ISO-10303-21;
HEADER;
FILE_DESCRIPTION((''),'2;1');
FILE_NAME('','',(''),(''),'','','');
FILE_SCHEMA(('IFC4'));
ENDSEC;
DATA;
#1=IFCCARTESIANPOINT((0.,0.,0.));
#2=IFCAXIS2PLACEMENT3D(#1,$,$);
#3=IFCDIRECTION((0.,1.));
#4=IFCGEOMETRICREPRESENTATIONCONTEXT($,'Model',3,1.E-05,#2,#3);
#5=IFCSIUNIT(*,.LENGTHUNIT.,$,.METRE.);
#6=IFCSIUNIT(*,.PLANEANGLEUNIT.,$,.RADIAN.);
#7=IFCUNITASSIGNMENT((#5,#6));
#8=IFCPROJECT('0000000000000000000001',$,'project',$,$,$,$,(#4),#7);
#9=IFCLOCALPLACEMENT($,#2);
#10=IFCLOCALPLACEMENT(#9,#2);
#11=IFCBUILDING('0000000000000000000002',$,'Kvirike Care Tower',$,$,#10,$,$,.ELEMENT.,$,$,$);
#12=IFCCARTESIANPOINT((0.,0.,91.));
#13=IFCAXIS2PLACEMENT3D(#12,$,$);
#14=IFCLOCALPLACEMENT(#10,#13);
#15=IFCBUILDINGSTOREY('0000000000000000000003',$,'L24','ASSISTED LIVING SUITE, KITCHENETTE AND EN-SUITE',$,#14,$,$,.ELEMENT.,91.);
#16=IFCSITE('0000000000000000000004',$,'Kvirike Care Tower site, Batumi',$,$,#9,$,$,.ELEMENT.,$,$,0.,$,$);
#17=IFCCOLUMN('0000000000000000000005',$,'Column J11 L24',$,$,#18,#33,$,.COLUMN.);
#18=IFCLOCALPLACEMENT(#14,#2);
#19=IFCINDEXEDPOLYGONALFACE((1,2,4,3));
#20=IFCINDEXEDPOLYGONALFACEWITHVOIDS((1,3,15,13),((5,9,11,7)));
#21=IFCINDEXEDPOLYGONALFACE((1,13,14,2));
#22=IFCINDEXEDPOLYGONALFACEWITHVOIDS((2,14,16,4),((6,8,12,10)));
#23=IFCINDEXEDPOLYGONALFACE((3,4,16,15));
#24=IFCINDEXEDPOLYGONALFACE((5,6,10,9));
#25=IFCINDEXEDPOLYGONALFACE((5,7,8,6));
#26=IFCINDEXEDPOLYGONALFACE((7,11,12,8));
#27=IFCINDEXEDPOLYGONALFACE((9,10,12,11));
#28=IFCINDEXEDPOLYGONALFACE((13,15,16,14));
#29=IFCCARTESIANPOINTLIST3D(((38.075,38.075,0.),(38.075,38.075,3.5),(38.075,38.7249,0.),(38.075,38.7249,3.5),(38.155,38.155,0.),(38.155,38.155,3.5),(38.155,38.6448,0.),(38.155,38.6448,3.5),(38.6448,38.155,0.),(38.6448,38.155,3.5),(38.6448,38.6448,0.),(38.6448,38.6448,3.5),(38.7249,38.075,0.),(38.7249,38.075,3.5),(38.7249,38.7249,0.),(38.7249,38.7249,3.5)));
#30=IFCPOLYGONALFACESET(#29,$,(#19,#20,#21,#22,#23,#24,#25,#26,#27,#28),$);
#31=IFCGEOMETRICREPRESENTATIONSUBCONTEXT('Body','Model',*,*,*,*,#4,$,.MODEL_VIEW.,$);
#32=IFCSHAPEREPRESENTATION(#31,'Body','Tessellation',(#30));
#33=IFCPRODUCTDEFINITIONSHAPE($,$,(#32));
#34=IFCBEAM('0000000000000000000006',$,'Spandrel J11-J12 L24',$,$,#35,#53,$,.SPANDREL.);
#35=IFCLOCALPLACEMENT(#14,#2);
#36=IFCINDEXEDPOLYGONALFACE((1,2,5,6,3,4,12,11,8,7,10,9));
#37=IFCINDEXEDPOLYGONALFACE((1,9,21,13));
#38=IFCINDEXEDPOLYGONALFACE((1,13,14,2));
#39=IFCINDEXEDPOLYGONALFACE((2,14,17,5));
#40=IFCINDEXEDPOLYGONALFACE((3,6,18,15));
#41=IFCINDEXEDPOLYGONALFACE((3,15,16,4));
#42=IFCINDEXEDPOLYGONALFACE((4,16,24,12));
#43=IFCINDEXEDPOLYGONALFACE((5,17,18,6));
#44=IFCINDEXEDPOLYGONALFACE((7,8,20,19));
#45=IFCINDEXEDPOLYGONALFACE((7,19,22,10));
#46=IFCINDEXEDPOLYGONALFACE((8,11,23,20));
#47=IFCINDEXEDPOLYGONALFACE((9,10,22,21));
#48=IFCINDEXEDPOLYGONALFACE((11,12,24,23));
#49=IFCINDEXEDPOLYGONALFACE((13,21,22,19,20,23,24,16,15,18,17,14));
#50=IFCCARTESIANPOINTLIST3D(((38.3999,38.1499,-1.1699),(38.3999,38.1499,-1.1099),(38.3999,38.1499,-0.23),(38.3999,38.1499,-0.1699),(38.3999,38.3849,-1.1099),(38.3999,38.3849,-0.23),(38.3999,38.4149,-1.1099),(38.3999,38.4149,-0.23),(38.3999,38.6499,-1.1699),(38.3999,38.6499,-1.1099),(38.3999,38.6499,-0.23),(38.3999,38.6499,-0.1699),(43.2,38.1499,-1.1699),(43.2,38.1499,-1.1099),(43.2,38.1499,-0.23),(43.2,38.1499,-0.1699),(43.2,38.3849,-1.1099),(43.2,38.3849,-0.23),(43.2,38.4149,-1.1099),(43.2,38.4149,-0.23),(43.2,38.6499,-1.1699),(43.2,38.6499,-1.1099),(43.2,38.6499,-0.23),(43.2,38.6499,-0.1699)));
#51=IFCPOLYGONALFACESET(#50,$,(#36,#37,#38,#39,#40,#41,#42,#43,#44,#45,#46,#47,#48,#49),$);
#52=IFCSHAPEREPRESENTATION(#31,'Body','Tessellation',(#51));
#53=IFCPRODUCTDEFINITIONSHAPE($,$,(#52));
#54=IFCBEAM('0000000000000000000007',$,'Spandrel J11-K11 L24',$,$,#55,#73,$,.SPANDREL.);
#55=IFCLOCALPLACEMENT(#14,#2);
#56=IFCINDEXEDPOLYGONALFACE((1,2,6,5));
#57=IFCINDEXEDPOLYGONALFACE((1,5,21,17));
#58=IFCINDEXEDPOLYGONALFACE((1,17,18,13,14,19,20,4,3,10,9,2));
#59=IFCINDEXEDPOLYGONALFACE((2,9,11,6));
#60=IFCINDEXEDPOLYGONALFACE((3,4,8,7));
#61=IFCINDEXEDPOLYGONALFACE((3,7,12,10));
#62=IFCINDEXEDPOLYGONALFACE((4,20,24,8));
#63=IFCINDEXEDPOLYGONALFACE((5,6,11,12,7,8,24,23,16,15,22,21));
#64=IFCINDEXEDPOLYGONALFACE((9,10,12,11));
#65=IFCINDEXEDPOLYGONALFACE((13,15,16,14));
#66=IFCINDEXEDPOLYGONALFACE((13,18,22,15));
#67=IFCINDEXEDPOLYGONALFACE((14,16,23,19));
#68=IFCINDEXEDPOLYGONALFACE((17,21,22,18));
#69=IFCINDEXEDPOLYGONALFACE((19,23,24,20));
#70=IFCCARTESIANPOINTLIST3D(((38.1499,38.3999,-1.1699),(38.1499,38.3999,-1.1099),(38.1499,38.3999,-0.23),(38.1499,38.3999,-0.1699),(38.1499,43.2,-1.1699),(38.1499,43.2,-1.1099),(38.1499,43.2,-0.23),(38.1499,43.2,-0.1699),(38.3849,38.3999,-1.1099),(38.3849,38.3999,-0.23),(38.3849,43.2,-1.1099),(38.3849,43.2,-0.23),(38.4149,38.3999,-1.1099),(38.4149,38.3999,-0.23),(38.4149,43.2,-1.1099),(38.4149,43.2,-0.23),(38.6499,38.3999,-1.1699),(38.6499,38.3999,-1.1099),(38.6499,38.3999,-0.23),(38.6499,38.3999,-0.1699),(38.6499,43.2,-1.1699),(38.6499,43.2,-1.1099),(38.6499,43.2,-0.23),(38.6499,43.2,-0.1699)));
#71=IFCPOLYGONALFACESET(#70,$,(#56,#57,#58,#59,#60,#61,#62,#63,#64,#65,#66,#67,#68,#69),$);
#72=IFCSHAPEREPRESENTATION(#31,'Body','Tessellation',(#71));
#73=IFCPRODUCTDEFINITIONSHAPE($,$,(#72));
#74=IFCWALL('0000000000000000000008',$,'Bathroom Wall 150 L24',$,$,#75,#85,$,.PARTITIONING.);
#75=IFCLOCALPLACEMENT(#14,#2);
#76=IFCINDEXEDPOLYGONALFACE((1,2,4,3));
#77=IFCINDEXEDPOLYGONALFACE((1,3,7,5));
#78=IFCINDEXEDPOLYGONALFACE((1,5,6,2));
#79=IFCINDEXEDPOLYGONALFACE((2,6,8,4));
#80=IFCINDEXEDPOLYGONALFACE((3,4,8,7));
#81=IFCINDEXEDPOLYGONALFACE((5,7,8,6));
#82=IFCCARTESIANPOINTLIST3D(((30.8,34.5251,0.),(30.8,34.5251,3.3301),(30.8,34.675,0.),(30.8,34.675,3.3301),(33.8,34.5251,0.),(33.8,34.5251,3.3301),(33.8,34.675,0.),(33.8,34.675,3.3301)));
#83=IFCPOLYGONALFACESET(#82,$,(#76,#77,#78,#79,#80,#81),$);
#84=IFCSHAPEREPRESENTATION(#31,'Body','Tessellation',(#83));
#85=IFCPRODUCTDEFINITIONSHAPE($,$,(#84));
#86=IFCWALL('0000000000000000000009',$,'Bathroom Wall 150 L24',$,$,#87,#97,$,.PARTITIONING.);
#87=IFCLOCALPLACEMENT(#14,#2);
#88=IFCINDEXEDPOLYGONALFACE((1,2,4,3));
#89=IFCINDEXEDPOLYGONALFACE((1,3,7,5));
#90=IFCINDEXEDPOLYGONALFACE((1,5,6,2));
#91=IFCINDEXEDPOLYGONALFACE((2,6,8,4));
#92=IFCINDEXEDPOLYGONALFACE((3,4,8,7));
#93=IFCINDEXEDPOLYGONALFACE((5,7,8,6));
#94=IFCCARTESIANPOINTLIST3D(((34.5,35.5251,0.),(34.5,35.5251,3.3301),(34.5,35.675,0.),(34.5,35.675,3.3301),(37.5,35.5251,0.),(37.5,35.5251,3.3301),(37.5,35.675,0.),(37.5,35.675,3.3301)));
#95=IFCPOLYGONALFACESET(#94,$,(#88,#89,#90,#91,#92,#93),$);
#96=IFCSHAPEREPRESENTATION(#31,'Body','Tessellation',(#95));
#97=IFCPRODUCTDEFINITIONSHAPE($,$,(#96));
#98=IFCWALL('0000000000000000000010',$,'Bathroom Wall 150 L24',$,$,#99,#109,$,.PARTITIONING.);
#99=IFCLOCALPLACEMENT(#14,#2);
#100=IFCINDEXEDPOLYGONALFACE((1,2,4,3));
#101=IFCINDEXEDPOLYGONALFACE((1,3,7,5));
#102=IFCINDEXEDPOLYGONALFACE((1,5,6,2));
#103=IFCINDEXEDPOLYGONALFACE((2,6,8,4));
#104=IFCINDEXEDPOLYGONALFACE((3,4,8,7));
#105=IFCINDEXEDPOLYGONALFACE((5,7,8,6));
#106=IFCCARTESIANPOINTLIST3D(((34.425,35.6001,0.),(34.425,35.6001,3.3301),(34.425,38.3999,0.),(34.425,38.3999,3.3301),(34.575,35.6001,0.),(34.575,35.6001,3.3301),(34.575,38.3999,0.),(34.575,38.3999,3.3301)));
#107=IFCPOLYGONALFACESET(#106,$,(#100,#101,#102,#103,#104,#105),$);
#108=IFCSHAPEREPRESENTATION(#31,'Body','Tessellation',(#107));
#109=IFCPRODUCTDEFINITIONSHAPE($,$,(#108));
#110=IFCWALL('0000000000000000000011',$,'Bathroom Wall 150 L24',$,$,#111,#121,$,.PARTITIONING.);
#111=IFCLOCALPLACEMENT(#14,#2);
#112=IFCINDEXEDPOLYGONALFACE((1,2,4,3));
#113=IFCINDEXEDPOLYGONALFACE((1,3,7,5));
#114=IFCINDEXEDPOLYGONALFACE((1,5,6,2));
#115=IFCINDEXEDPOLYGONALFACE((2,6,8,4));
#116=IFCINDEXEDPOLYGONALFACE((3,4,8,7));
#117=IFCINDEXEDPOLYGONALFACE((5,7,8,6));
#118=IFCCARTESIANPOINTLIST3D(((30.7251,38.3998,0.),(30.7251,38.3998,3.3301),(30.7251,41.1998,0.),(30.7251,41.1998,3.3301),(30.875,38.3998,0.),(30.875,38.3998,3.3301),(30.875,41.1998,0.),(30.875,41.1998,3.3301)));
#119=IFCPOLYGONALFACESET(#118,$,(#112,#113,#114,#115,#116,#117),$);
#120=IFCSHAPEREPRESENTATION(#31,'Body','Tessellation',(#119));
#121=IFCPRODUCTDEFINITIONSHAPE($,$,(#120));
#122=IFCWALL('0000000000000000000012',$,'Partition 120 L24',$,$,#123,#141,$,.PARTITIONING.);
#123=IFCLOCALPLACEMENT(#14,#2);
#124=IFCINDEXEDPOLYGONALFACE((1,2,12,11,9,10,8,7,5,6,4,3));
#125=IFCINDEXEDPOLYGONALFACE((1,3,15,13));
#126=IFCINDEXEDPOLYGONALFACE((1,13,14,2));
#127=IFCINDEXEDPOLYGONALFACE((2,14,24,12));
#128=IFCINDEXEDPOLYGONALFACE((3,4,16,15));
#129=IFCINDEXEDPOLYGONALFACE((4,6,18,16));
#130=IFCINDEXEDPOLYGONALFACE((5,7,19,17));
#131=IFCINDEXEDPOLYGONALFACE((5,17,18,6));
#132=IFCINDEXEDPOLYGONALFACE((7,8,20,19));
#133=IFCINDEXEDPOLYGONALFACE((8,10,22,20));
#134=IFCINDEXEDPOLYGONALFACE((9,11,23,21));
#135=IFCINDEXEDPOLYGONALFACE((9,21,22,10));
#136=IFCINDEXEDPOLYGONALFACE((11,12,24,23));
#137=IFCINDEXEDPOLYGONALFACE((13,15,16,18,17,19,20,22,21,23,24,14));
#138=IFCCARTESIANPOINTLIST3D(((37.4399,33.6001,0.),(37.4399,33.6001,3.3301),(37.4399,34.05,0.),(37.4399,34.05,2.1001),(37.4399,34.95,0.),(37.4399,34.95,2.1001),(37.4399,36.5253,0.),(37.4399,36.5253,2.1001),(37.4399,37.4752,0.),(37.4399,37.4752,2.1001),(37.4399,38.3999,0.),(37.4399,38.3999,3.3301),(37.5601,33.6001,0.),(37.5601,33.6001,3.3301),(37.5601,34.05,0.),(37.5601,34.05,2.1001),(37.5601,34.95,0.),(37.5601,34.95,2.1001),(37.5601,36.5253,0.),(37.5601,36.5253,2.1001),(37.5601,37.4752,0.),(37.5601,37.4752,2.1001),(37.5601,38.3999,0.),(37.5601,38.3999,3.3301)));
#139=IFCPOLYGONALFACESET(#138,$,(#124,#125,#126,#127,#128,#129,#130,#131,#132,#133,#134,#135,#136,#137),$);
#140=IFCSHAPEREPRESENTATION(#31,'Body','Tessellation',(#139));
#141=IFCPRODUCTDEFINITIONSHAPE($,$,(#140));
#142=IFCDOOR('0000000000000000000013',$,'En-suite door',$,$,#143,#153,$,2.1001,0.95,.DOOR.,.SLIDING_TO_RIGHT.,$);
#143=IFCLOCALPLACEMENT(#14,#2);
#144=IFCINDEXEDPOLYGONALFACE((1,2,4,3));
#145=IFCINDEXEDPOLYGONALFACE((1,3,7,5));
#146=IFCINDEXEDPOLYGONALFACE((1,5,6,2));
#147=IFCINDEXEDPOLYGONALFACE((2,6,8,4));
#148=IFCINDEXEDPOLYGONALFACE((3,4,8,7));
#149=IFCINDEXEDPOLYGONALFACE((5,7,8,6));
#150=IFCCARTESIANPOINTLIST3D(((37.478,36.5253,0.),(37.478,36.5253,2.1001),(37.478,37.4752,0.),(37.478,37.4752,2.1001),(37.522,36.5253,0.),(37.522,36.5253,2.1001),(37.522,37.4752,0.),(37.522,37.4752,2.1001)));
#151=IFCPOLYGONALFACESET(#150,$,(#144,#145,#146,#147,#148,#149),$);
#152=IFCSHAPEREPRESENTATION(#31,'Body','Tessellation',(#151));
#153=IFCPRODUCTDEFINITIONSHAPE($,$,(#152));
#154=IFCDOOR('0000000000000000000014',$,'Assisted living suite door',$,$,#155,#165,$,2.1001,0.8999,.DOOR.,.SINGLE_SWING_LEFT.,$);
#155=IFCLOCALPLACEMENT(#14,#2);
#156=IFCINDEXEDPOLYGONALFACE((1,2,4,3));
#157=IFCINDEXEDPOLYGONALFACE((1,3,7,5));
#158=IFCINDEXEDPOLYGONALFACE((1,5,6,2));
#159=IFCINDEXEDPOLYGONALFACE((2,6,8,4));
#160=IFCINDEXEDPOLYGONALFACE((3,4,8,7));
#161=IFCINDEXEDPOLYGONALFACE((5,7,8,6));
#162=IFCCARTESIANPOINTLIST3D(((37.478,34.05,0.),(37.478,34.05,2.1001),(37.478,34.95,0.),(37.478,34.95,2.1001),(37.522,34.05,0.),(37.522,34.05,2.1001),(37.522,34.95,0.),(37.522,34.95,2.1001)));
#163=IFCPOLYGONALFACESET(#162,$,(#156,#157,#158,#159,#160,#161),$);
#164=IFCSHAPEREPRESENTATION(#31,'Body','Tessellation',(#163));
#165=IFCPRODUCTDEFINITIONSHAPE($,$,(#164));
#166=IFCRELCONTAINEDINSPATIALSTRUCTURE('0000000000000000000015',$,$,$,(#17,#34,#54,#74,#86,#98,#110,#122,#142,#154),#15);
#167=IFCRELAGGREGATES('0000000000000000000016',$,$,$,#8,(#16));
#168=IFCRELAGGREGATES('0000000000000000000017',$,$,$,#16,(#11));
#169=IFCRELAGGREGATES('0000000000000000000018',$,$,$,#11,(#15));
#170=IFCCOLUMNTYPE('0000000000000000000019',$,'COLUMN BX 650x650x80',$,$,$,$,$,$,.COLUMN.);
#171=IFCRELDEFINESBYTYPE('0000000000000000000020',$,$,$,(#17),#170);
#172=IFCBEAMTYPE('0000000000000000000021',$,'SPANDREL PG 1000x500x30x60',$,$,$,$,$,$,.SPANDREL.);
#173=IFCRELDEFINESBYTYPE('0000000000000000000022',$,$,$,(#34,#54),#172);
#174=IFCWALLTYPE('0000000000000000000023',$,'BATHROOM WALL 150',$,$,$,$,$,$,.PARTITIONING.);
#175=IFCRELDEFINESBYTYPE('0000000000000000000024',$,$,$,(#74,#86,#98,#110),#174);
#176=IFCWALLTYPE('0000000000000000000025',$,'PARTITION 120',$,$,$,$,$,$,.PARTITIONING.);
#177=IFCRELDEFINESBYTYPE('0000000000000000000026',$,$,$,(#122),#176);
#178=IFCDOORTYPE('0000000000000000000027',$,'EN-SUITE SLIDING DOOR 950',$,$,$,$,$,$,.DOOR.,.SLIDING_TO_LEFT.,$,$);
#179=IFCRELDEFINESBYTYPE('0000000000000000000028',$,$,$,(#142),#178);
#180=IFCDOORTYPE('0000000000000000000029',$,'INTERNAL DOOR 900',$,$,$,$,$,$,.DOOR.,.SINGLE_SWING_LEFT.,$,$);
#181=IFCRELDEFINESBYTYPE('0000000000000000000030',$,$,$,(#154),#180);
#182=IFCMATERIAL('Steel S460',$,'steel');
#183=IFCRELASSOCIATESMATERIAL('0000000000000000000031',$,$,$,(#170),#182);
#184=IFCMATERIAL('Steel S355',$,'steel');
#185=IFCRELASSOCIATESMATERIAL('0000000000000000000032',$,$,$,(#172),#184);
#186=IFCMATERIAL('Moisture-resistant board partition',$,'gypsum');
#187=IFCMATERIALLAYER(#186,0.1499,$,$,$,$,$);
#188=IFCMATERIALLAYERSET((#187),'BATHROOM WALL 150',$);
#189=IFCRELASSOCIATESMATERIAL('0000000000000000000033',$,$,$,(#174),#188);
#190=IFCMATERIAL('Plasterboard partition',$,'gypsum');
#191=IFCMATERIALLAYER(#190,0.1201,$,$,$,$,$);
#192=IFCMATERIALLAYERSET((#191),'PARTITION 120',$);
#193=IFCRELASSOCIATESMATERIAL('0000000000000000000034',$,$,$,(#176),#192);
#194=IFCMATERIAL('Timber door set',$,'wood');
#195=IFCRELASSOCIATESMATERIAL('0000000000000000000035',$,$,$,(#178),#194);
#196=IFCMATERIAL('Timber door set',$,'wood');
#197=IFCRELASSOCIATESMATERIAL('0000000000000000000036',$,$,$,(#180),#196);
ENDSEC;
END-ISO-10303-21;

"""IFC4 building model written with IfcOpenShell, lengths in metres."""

from ifc_helpers import new_model, si_unit, direction, frame, frame_2d, origin, origin_2d, place, context, subcontext, project, spatial, rectangle, hollow_rectangle, i_section, extrude, material, layer, layer_set, material_profile, profile_set, type_object, element, fill, save


model = new_model("IFC4")

# Units and contexts
model_context = context("Model", 3, precision=1e-05, world=origin(), true_north=direction((0.0, 1.0)))
body_context = subcontext(model_context, "Body", "Model", "MODEL_VIEW")
ifc_project = project(units=[si_unit("LENGTHUNIT", "METRE"), si_unit("PLANEANGLEUNIT", "RADIAN")], contexts=[model_context])

# Site, building, storey
site_placement = place(None, origin())
site = spatial("IfcSite", under=ifc_project, at=site_placement, Name="Kvirike Care Tower site, Batumi", CompositionType="ELEMENT", RefElevation=0.0)
building_placement = place(site_placement, origin())
building = spatial("IfcBuilding", under=site, at=building_placement, Name="Kvirike Care Tower", CompositionType="ELEMENT")
storey_placement = place(building_placement, frame((0.0, 0.0, 91.0)))
storey = spatial("IfcBuildingStorey", under=building, at=storey_placement, Name="L24", Description="ASSISTED LIVING SUITE, KITCHENETTE AND EN-SUITE", CompositionType="ELEMENT", Elevation=91.0)

# Column
ifc_material_1 = material(Name="Steel S460", Category="steel")
ifc_material_profile_1 = material_profile(ifc_material_1, hollow_rectangle(XDim=0.6499, YDim=0.6499, WallThickness=0.0801, at=origin_2d()), Name="BX 650x650x80")
ifc_profile_set_1 = profile_set([ifc_material_profile_1], Name="Steel S460")
column_type = type_object("IfcColumnType", Name="COLUMN BX 650x650x80", PredefinedType="COLUMN", material=ifc_profile_set_1)
column_placement = place(storey_placement, frame((38.3999, 38.3999, 0.0), z_axis=(0.0, 0.0, 1.0), x_axis=(0.0, 1.0, 0.0)))
element("IfcColumn", 1, at=column_placement, inside=storey, type_object=column_type, Name="Column J11 L24", PredefinedType="COLUMN", context=body_context, shape_type="SweptSolid", body=[
    extrude(hollow_rectangle(XDim=0.6499, YDim=0.6499, WallThickness=0.0801, at=origin_2d()), origin(), (0.0, 0.0, 1.0), 3.5),
])

# Beams
ifc_material_2 = material(Name="Steel S355", Category="steel")
ifc_material_profile_2 = material_profile(ifc_material_2, i_section(OverallWidth=0.5, OverallDepth=1.0, WebThickness=0.03, FlangeThickness=0.0601, at=origin_2d()), Name="PG 1000x500x30x60")
ifc_profile_set_2 = profile_set([ifc_material_profile_2], Name="Steel S355")
beam_type = type_object("IfcBeamType", Name="SPANDREL PG 1000x500x30x60", PredefinedType="SPANDREL", material=ifc_profile_set_2)
for number, where, z_axis, x_axis, name in (
    (2, (38.3999, 38.3999, -0.6699), (1.0, 0.0, 0.0), (0.0, 1.0, 0.0), "Spandrel J11-J12 L24"),
    (3, (38.3999, 38.3999, -0.6699), (0.0, 1.0, 0.0), (-1.0, 0.0, 0.0), "Spandrel J11-K11 L24"),
):
    element("IfcBeam", number, at=place(storey_placement, frame(where, z_axis=z_axis, x_axis=x_axis)), inside=storey, type_object=beam_type, Name=name, PredefinedType="SPANDREL", context=body_context, shape_type="SweptSolid", body=[
        extrude(i_section(OverallWidth=0.5, OverallDepth=1.0, WebThickness=0.03, FlangeThickness=0.0601, at=origin_2d()), origin(), (0.0, 0.0, 1.0), 4.8),
    ])

# Walls
ifc_material_3 = material(Name="Moisture-resistant board partition", Category="gypsum")
ifc_layer_1 = layer(ifc_material_3, 0.1499)
ifc_layer_set_1 = layer_set([ifc_layer_1], Name="BATHROOM WALL 150")
wall_type_1 = type_object("IfcWallType", Name="BATHROOM WALL 150", PredefinedType="PARTITIONING", material=ifc_layer_set_1)
for number, where, z_axis, x_axis, name in (
    (4, (33.8, 34.6001, 0.0), (0.0, 0.0, 1.0), (-1.0, 0.0, 0.0), "Bathroom Wall 150 L24"),
    (5, (37.5, 35.6001, 0.0), (0.0, 0.0, 1.0), (-1.0, 0.0, 0.0), "Bathroom Wall 150 L24"),
):
    element("IfcWall", number, at=place(storey_placement, frame(where, z_axis=z_axis, x_axis=x_axis)), inside=storey, type_object=wall_type_1, Name=name, PredefinedType="PARTITIONING", context=body_context, shape_type="SweptSolid", body=[
        extrude(rectangle(XDim=3.0, YDim=0.1499, at=frame_2d((1.5, 0.0))), origin(), (0.0, 0.0, 1.0), 3.3301),
    ])
wall_1_placement = place(storey_placement, frame((34.5, 35.6001, 0.0), z_axis=(0.0, 0.0, 1.0), x_axis=(0.0, 1.0, 0.0)))
element("IfcWall", 6, at=wall_1_placement, inside=storey, type_object=wall_type_1, Name="Bathroom Wall 150 L24", PredefinedType="PARTITIONING", context=body_context, shape_type="SweptSolid", body=[
    extrude(rectangle(XDim=2.7998, YDim=0.1499, at=frame_2d((1.3999, 0.0))), origin(), (0.0, 0.0, 1.0), 3.3301),
])
wall_2_placement = place(storey_placement, frame((30.8, 38.3999, 0.0), z_axis=(0.0, 0.0, 1.0), x_axis=(0.0, 1.0, 0.0)))
element("IfcWall", 7, at=wall_2_placement, inside=storey, type_object=wall_type_1, Name="Bathroom Wall 150 L24", PredefinedType="PARTITIONING", context=body_context, shape_type="SweptSolid", body=[
    extrude(rectangle(XDim=2.8, YDim=0.1499, at=frame_2d((1.3999, 0.0))), origin(), (0.0, 0.0, 1.0), 3.3301),
])

# Wall, openings, doors
ifc_material_4 = material(Name="Plasterboard partition", Category="gypsum")
ifc_layer_2 = layer(ifc_material_4, 0.1201)
ifc_layer_set_2 = layer_set([ifc_layer_2], Name="PARTITION 120")
wall_type_2 = type_object("IfcWallType", Name="PARTITION 120", PredefinedType="PARTITIONING", material=ifc_layer_set_2)
wall_3_placement = place(storey_placement, frame((37.5, 33.6001, 0.0), z_axis=(0.0, 0.0, 1.0), x_axis=(0.0, 1.0, 0.0)))
wall_3 = element("IfcWall", 8, at=wall_3_placement, inside=storey, type_object=wall_type_2, Name="Partition 120 L24", PredefinedType="PARTITIONING", context=body_context, shape_type="SweptSolid", body=[
    extrude(rectangle(XDim=4.7998, YDim=0.1201, at=frame_2d((2.3999, 0.0))), origin(), (0.0, 0.0, 1.0), 3.3301),
])
opening_1_placement = place(wall_3_placement, frame((0.45, 0.0, 0.0)))
opening_1 = element("IfcOpeningElement", 9, at=opening_1_placement, cuts=wall_3, PredefinedType="OPENING", context=body_context, shape_type="SweptSolid", body=[
    extrude(rectangle(XDim=0.8999, YDim=2.1001, at=frame_2d((0.45, 1.05))), frame((0.0, 0.0706, 0.0), z_axis=(0.0, -1.0, 0.0), x_axis=(1.0, 0.0, 0.0)), (0.0, 0.0, 1.0), 0.1411),
])
opening_2_placement = place(wall_3_placement, frame((2.925, 0.0, 0.0)))
opening_2 = element("IfcOpeningElement", 10, at=opening_2_placement, cuts=wall_3, PredefinedType="OPENING", context=body_context, shape_type="SweptSolid", body=[
    extrude(rectangle(XDim=0.95, YDim=2.1001, at=frame_2d((0.4751, 1.05))), frame((0.0, 0.0706, 0.0), z_axis=(0.0, -1.0, 0.0), x_axis=(1.0, 0.0, 0.0)), (0.0, 0.0, 1.0), 0.1411),
])
ifc_material_5 = material(Name="Timber door set", Category="wood")
door_type_1 = type_object("IfcDoorType", Name="EN-SUITE SLIDING DOOR 950", OperationType="SLIDING_TO_LEFT", PredefinedType="DOOR", material=ifc_material_5)
door_1_placement = place(opening_2_placement, origin())
door_1 = element("IfcDoor", 11, at=door_1_placement, inside=storey, type_object=door_type_1, Name="En-suite door", OperationType="SLIDING_TO_RIGHT", OverallHeight=2.1001, OverallWidth=0.95, PredefinedType="DOOR", context=body_context, shape_type="SweptSolid", body=[
    extrude(rectangle(XDim=0.95, YDim=2.1001, at=frame_2d((0.4751, 1.05))), frame((0.0, 0.022, 0.0), z_axis=(0.0, -1.0, 0.0), x_axis=(1.0, 0.0, 0.0)), (0.0, 0.0, 1.0), 0.0439),
])
fill(opening_2, door_1)
ifc_material_6 = material(Name="Timber door set", Category="wood")
door_type_2 = type_object("IfcDoorType", Name="INTERNAL DOOR 900", OperationType="SINGLE_SWING_LEFT", PredefinedType="DOOR", material=ifc_material_6)
door_2_placement = place(opening_1_placement, origin())
door_2 = element("IfcDoor", 12, at=door_2_placement, inside=storey, type_object=door_type_2, Name="Assisted living suite door", OperationType="SINGLE_SWING_LEFT", OverallHeight=2.1001, OverallWidth=0.8999, PredefinedType="DOOR", context=body_context, shape_type="SweptSolid", body=[
    extrude(rectangle(XDim=0.8999, YDim=2.1001, at=frame_2d((0.45, 1.05))), frame((0.0, 0.022, 0.0), z_axis=(0.0, -1.0, 0.0), x_axis=(1.0, 0.0, 0.0)), (0.0, 0.0, 1.0), 0.0439),
])
fill(opening_1, door_2)

save(model, "model.ifc")
